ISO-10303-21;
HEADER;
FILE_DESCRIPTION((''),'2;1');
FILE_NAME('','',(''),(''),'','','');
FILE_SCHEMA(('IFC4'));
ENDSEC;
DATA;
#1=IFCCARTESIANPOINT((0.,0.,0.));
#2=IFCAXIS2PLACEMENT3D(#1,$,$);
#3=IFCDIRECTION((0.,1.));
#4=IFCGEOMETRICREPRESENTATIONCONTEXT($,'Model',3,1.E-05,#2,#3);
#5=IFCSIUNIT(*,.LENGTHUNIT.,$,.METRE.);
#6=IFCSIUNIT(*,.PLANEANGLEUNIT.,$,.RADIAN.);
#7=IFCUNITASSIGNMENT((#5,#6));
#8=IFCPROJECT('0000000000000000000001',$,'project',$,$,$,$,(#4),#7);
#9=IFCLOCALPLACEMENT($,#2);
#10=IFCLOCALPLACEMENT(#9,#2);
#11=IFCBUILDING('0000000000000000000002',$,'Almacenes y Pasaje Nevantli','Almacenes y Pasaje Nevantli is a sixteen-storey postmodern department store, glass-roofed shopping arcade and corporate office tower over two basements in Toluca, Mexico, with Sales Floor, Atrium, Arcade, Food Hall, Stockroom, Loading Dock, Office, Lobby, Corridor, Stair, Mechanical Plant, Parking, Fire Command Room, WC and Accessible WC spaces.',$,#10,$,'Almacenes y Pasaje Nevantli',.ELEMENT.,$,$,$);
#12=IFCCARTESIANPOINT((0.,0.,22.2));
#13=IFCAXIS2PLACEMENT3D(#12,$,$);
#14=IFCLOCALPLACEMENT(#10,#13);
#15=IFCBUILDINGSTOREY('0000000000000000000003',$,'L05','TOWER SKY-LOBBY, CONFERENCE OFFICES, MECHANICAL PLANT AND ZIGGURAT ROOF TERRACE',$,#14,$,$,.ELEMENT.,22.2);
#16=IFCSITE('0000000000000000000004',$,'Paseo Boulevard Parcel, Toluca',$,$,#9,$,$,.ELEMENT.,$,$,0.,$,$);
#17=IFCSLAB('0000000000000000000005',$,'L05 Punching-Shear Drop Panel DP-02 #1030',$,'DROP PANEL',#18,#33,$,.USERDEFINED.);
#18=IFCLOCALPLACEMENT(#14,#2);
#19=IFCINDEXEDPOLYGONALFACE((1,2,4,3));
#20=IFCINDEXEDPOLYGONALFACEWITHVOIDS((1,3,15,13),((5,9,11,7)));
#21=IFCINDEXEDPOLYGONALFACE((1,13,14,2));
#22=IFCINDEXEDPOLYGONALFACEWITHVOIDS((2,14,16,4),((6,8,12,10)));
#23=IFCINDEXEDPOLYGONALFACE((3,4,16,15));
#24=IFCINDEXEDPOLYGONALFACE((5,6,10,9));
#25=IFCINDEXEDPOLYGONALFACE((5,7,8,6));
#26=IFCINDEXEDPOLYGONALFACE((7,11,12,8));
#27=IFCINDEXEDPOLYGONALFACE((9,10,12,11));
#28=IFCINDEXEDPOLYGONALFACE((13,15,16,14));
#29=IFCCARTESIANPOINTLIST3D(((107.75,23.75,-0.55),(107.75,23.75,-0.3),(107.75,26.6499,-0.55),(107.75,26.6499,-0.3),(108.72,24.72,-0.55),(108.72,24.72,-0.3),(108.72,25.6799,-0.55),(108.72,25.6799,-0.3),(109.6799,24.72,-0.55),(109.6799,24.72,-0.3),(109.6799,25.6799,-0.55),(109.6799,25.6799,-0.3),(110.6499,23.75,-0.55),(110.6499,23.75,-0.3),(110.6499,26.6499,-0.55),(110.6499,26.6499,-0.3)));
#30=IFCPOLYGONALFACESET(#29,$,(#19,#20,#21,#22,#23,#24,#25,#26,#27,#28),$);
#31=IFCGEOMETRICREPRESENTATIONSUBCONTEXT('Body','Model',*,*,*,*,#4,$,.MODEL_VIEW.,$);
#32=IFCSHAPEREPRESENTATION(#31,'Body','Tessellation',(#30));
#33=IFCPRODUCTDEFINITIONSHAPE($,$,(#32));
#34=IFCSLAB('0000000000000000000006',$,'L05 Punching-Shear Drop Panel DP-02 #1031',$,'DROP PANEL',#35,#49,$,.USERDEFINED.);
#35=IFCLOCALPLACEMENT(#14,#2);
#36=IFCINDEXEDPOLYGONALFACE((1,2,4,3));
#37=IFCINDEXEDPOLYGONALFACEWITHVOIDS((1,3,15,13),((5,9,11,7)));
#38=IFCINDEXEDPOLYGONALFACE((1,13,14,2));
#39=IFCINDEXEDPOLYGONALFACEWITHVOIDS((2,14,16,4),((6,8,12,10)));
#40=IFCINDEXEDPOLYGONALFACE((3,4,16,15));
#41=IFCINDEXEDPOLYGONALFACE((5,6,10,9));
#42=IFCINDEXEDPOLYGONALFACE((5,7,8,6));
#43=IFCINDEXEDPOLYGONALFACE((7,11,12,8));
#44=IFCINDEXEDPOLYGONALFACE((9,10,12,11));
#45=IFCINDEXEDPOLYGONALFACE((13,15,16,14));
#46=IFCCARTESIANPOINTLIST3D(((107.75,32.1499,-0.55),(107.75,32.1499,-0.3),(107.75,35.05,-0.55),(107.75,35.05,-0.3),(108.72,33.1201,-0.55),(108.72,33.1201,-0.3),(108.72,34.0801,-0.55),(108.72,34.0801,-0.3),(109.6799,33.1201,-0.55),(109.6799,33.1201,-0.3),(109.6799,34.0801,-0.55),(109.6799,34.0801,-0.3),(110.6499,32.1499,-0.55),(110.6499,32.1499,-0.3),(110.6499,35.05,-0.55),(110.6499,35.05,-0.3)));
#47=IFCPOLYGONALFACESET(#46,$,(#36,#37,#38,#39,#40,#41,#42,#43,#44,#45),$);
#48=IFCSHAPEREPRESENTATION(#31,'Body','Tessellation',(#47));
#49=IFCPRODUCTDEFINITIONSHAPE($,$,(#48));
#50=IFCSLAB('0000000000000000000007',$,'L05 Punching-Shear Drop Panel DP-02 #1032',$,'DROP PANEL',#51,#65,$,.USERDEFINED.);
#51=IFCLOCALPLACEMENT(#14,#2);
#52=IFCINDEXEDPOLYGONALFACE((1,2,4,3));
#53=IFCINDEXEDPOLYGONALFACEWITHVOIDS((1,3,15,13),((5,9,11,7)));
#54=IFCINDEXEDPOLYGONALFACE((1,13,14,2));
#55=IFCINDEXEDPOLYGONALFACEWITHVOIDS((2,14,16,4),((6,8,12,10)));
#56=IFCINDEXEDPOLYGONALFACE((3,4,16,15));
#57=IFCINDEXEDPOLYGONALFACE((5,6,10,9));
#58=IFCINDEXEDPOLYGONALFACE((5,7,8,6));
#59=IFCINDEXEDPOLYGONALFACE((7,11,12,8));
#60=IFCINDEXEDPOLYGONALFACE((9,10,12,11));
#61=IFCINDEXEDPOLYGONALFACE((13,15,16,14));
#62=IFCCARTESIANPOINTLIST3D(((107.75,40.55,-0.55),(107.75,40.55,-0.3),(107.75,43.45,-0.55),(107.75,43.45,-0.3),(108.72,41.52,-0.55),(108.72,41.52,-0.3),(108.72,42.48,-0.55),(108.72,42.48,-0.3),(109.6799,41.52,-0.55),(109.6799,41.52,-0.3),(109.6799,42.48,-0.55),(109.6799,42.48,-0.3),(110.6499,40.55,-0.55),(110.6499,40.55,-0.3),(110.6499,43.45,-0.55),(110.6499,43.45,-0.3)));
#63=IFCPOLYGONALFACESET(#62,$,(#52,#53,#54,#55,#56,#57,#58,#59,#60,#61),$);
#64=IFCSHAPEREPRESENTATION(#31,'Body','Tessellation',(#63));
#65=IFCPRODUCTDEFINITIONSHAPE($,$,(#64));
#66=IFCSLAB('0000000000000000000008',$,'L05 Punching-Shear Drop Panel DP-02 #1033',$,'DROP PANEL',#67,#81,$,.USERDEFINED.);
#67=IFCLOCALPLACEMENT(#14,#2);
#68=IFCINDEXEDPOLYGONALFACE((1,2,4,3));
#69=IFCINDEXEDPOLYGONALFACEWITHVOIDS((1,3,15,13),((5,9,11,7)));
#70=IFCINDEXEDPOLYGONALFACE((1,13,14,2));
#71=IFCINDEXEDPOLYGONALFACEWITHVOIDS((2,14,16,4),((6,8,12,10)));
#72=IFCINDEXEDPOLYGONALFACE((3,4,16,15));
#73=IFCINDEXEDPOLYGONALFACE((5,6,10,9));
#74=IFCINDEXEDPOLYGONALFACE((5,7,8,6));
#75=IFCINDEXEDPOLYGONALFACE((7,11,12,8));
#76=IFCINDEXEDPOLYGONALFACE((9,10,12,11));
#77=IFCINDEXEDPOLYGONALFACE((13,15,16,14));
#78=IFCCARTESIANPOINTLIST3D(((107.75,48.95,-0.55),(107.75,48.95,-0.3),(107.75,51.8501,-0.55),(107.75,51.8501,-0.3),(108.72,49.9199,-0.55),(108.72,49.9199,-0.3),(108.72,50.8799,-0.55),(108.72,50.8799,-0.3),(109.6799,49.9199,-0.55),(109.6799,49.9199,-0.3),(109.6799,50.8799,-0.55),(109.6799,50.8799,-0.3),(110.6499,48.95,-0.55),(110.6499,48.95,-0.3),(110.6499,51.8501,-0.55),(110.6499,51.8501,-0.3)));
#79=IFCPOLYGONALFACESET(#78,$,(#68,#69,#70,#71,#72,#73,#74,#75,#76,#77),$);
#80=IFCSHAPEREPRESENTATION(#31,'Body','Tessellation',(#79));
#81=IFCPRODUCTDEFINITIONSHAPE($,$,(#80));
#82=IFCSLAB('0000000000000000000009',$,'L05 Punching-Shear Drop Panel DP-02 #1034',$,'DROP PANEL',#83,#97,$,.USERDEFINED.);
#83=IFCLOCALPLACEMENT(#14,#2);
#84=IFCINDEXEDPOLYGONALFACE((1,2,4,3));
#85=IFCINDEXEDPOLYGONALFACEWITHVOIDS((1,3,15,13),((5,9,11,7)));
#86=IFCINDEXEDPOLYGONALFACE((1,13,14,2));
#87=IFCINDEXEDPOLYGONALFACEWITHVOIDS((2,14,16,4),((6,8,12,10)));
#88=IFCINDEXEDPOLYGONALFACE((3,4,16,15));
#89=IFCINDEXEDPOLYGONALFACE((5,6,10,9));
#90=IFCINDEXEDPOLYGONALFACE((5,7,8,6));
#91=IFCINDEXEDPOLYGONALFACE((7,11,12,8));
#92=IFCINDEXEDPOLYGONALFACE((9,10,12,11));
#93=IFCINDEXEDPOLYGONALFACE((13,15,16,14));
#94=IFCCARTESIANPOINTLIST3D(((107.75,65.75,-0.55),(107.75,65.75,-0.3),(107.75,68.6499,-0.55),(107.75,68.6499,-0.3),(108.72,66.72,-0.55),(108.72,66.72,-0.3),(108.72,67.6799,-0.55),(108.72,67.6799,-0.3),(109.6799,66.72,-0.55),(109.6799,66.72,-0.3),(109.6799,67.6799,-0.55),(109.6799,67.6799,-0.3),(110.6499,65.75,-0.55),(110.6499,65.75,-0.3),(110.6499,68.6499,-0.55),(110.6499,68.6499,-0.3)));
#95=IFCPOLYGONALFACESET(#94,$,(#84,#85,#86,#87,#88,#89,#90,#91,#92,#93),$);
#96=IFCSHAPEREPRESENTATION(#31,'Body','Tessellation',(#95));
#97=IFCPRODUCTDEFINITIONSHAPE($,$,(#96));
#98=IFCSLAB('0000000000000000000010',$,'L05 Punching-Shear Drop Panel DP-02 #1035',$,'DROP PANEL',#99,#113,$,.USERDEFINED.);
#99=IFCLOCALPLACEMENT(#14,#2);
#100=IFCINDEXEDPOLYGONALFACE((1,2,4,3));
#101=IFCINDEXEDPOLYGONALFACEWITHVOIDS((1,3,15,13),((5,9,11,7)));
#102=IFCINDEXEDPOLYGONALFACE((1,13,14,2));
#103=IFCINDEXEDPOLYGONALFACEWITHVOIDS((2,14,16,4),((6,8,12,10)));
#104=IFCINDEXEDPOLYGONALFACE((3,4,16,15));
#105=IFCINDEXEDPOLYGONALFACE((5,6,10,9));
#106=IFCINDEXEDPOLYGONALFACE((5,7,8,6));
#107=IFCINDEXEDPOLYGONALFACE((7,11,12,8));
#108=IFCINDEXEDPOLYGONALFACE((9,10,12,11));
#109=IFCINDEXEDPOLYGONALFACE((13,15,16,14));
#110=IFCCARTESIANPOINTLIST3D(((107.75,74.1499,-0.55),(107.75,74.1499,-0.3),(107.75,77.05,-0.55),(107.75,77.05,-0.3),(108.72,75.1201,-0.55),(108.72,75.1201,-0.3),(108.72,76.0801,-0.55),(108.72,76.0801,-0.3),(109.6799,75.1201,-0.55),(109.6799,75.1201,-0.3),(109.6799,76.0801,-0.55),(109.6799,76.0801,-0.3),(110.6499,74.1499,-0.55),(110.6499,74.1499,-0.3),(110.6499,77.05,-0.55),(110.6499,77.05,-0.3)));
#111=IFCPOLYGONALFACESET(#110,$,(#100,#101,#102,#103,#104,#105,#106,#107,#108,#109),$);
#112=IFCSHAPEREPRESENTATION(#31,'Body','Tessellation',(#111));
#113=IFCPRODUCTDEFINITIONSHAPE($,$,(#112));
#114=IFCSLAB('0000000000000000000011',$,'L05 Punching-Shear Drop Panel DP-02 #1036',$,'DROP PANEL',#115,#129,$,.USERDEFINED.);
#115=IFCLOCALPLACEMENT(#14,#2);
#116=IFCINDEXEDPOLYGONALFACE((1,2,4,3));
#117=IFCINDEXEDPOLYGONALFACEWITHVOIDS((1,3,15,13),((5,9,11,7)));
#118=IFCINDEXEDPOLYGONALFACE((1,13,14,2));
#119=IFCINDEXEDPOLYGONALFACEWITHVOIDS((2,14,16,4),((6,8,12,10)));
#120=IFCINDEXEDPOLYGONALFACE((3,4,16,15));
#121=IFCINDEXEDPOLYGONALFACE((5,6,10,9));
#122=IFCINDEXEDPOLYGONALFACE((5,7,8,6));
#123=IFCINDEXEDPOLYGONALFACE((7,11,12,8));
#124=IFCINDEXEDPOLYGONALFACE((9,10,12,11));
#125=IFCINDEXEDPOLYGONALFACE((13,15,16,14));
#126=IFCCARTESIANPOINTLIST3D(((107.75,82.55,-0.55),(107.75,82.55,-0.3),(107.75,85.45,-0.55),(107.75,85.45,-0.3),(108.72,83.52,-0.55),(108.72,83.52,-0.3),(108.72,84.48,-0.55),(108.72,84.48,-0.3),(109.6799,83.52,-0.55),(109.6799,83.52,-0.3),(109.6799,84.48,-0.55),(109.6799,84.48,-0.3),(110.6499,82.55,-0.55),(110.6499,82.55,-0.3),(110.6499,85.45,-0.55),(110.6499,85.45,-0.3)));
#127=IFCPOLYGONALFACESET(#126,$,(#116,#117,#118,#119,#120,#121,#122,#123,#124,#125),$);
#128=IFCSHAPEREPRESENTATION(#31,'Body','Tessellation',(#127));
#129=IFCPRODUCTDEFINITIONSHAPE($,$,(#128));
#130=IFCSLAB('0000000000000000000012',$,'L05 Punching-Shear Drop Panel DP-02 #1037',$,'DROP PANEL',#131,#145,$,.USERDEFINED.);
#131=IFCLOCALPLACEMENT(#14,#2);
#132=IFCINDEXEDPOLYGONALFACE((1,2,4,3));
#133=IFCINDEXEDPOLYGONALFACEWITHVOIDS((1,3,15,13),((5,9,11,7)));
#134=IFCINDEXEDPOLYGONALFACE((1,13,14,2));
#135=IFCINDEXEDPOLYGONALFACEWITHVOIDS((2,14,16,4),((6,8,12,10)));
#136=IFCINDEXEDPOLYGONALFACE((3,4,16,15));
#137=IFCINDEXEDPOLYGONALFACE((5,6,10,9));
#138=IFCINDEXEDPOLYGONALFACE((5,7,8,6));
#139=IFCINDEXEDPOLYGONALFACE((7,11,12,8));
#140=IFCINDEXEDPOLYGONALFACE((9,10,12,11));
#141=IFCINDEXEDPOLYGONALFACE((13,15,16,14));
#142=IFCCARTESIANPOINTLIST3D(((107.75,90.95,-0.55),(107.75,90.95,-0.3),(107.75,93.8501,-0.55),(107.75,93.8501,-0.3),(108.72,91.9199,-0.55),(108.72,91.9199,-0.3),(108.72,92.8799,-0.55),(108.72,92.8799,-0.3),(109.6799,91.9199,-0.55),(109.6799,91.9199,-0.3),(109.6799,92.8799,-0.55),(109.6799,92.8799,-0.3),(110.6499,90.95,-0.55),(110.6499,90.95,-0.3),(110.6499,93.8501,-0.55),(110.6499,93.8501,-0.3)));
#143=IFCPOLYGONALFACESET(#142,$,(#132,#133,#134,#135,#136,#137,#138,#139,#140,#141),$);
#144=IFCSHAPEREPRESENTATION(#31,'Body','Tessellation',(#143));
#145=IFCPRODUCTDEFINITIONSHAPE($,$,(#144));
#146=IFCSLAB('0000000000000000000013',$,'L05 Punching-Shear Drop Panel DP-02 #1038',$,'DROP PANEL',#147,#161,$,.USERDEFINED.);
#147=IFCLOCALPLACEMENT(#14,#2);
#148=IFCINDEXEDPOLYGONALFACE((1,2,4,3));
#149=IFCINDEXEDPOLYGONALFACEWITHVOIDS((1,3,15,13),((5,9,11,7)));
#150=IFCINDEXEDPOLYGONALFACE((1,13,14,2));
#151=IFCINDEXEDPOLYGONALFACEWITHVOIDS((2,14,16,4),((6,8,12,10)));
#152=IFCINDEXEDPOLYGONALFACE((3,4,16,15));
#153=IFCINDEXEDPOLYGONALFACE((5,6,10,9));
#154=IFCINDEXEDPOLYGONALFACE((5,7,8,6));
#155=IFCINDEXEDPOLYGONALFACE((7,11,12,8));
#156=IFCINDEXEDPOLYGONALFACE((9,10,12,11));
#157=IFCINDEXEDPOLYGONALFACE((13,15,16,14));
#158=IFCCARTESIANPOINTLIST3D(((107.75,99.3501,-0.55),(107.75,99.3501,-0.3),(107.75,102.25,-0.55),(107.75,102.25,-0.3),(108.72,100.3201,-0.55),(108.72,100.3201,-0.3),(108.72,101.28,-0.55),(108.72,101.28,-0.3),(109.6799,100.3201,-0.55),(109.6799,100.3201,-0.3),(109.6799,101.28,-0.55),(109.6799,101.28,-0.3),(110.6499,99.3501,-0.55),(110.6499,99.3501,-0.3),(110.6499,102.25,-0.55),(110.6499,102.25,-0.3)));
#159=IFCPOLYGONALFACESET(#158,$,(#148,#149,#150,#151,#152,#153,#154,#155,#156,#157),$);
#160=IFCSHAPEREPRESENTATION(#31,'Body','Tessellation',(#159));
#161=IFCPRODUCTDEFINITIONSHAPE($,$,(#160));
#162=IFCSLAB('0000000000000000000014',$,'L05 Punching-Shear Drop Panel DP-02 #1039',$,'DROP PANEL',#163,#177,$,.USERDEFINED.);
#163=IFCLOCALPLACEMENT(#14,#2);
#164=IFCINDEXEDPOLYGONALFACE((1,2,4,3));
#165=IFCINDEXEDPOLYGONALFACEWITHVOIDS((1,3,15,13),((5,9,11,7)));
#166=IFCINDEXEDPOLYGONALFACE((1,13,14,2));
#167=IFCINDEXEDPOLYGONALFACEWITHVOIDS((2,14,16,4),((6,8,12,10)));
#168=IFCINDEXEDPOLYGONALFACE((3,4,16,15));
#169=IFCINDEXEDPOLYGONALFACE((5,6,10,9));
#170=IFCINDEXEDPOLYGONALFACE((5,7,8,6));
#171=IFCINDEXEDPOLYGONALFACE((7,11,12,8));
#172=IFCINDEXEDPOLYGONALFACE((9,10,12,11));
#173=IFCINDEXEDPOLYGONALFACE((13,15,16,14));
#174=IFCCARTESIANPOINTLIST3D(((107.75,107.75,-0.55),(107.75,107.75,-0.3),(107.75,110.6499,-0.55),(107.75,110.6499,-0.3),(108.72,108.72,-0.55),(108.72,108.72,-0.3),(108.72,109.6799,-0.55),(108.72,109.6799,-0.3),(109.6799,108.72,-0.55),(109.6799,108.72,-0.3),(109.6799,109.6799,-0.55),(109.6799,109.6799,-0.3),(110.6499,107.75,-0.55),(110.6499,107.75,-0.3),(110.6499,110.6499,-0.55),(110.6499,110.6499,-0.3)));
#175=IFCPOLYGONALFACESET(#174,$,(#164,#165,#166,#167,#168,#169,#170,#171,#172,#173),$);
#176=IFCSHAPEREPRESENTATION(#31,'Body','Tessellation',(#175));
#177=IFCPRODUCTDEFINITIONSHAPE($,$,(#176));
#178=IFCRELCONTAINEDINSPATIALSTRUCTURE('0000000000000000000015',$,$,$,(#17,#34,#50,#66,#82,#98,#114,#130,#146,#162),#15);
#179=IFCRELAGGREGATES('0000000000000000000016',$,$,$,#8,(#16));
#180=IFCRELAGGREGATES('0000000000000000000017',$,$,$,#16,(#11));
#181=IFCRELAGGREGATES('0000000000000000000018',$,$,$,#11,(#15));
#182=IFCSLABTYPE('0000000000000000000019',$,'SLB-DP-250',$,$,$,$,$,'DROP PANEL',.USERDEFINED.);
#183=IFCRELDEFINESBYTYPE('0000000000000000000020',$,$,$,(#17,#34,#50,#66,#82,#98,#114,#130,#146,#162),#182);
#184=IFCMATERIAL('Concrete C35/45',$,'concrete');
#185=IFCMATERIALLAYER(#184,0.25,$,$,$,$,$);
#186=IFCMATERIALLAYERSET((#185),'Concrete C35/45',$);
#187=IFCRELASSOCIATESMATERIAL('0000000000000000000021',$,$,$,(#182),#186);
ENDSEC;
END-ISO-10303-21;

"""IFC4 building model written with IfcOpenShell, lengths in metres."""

from ifc_helpers import new_model, si_unit, direction, frame, origin, place, context, subcontext, project, spatial, polyline, outline, extrude, material, layer, layer_set, type_object, element, save


model = new_model("IFC4")

# Units and contexts
model_context = context("Model", 3, precision=1e-05, world=origin(), true_north=direction((0.0, 1.0)))
body_context = subcontext(model_context, "Body", "Model", "MODEL_VIEW")
ifc_project = project(units=[si_unit("LENGTHUNIT", "METRE"), si_unit("PLANEANGLEUNIT", "RADIAN")], contexts=[model_context])

# Site, building, storey
site_placement = place(None, origin())
site = spatial("IfcSite", under=ifc_project, at=site_placement, Name="Paseo Boulevard Parcel, Toluca", CompositionType="ELEMENT", RefElevation=0.0)
building_placement = place(site_placement, origin())
building = spatial("IfcBuilding", under=site, at=building_placement, Name="Almacenes y Pasaje Nevantli", Description="Almacenes y Pasaje Nevantli is a sixteen-storey postmodern department store, glass-roofed shopping arcade and corporate office tower over two basements in Toluca, Mexico, with Sales Floor, Atrium, Arcade, Food Hall, Stockroom, Loading Dock, Office, Lobby, Corridor, Stair, Mechanical Plant, Parking, Fire Command Room, WC and Accessible WC spaces.", LongName="Almacenes y Pasaje Nevantli", CompositionType="ELEMENT")
storey_placement = place(building_placement, frame((0.0, 0.0, 22.2)))
storey = spatial("IfcBuildingStorey", under=building, at=storey_placement, Name="L05", Description="TOWER SKY-LOBBY, CONFERENCE OFFICES, MECHANICAL PLANT AND ZIGGURAT ROOF TERRACE", CompositionType="ELEMENT", Elevation=22.2)

# Slabs
ifc_material = material(Name="Concrete C35/45", Category="concrete")
ifc_layer = layer(ifc_material, 0.25)
ifc_layer_set = layer_set([ifc_layer], Name="Concrete C35/45")
slab_type = type_object("IfcSlabType", Name="SLB-DP-250", ElementType="DROP PANEL", PredefinedType="USERDEFINED", material=ifc_layer_set)
slab_1_placement = place(storey_placement, frame((0.0, 0.0, -0.55)))
element("IfcSlab", 1, at=slab_1_placement, inside=storey, type_object=slab_type, Name="L05 Punching-Shear Drop Panel DP-02 #1030", ObjectType="DROP PANEL", PredefinedType="USERDEFINED", context=body_context, shape_type="SweptSolid", body=[
    extrude(outline(polyline([(107.75, 23.75), (110.6499, 23.75), (110.6499, 26.6499), (107.75, 26.6499), (107.75, 23.75)]), holes=[polyline([(108.72, 24.72), (109.6799, 24.72), (109.6799, 25.6799), (108.72, 25.6799), (108.72, 24.72)])]), origin(), (0.0, 0.0, 1.0), 0.25),
])
slab_2_placement = place(storey_placement, frame((0.0, 0.0, -0.55)))
element("IfcSlab", 2, at=slab_2_placement, inside=storey, type_object=slab_type, Name="L05 Punching-Shear Drop Panel DP-02 #1031", ObjectType="DROP PANEL", PredefinedType="USERDEFINED", context=body_context, shape_type="SweptSolid", body=[
    extrude(outline(polyline([(107.75, 32.1499), (110.6499, 32.1499), (110.6499, 35.05), (107.75, 35.05), (107.75, 32.1499)]), holes=[polyline([(108.72, 33.1201), (109.6799, 33.1201), (109.6799, 34.0801), (108.72, 34.0801), (108.72, 33.1201)])]), origin(), (0.0, 0.0, 1.0), 0.25),
])
slab_3_placement = place(storey_placement, frame((0.0, 0.0, -0.55)))
element("IfcSlab", 3, at=slab_3_placement, inside=storey, type_object=slab_type, Name="L05 Punching-Shear Drop Panel DP-02 #1032", ObjectType="DROP PANEL", PredefinedType="USERDEFINED", context=body_context, shape_type="SweptSolid", body=[
    extrude(outline(polyline([(107.75, 40.55), (110.6499, 40.55), (110.6499, 43.45), (107.75, 43.45), (107.75, 40.55)]), holes=[polyline([(108.72, 41.52), (109.6799, 41.52), (109.6799, 42.48), (108.72, 42.48), (108.72, 41.52)])]), origin(), (0.0, 0.0, 1.0), 0.25),
])
slab_4_placement = place(storey_placement, frame((0.0, 0.0, -0.55)))
element("IfcSlab", 4, at=slab_4_placement, inside=storey, type_object=slab_type, Name="L05 Punching-Shear Drop Panel DP-02 #1033", ObjectType="DROP PANEL", PredefinedType="USERDEFINED", context=body_context, shape_type="SweptSolid", body=[
    extrude(outline(polyline([(107.75, 48.95), (110.6499, 48.95), (110.6499, 51.8501), (107.75, 51.8501), (107.75, 48.95)]), holes=[polyline([(108.72, 49.9199), (109.6799, 49.9199), (109.6799, 50.8799), (108.72, 50.8799), (108.72, 49.9199)])]), origin(), (0.0, 0.0, 1.0), 0.25),
])
slab_5_placement = place(storey_placement, frame((0.0, 0.0, -0.55)))
element("IfcSlab", 5, at=slab_5_placement, inside=storey, type_object=slab_type, Name="L05 Punching-Shear Drop Panel DP-02 #1034", ObjectType="DROP PANEL", PredefinedType="USERDEFINED", context=body_context, shape_type="SweptSolid", body=[
    extrude(outline(polyline([(107.75, 65.75), (110.6499, 65.75), (110.6499, 68.6499), (107.75, 68.6499), (107.75, 65.75)]), holes=[polyline([(108.72, 66.72), (109.6799, 66.72), (109.6799, 67.6799), (108.72, 67.6799), (108.72, 66.72)])]), origin(), (0.0, 0.0, 1.0), 0.25),
])
slab_6_placement = place(storey_placement, frame((0.0, 0.0, -0.55)))
element("IfcSlab", 6, at=slab_6_placement, inside=storey, type_object=slab_type, Name="L05 Punching-Shear Drop Panel DP-02 #1035", ObjectType="DROP PANEL", PredefinedType="USERDEFINED", context=body_context, shape_type="SweptSolid", body=[
    extrude(outline(polyline([(107.75, 74.1499), (110.6499, 74.1499), (110.6499, 77.05), (107.75, 77.05), (107.75, 74.1499)]), holes=[polyline([(108.72, 75.1201), (109.6799, 75.1201), (109.6799, 76.0801), (108.72, 76.0801), (108.72, 75.1201)])]), origin(), (0.0, 0.0, 1.0), 0.25),
])
slab_7_placement = place(storey_placement, frame((0.0, 0.0, -0.55)))
element("IfcSlab", 7, at=slab_7_placement, inside=storey, type_object=slab_type, Name="L05 Punching-Shear Drop Panel DP-02 #1036", ObjectType="DROP PANEL", PredefinedType="USERDEFINED", context=body_context, shape_type="SweptSolid", body=[
    extrude(outline(polyline([(107.75, 82.55), (110.6499, 82.55), (110.6499, 85.45), (107.75, 85.45), (107.75, 82.55)]), holes=[polyline([(108.72, 83.52), (109.6799, 83.52), (109.6799, 84.48), (108.72, 84.48), (108.72, 83.52)])]), origin(), (0.0, 0.0, 1.0), 0.25),
])
slab_8_placement = place(storey_placement, frame((0.0, 0.0, -0.55)))
element("IfcSlab", 8, at=slab_8_placement, inside=storey, type_object=slab_type, Name="L05 Punching-Shear Drop Panel DP-02 #1037", ObjectType="DROP PANEL", PredefinedType="USERDEFINED", context=body_context, shape_type="SweptSolid", body=[
    extrude(outline(polyline([(107.75, 90.95), (110.6499, 90.95), (110.6499, 93.8501), (107.75, 93.8501), (107.75, 90.95)]), holes=[polyline([(108.72, 91.9199), (109.6799, 91.9199), (109.6799, 92.8799), (108.72, 92.8799), (108.72, 91.9199)])]), origin(), (0.0, 0.0, 1.0), 0.25),
])
slab_9_placement = place(storey_placement, frame((0.0, 0.0, -0.55)))
element("IfcSlab", 9, at=slab_9_placement, inside=storey, type_object=slab_type, Name="L05 Punching-Shear Drop Panel DP-02 #1038", ObjectType="DROP PANEL", PredefinedType="USERDEFINED", context=body_context, shape_type="SweptSolid", body=[
    extrude(outline(polyline([(107.75, 99.3501), (110.6499, 99.3501), (110.6499, 102.25), (107.75, 102.25), (107.75, 99.3501)]), holes=[polyline([(108.72, 100.3201), (109.6799, 100.3201), (109.6799, 101.28), (108.72, 101.28), (108.72, 100.3201)])]), origin(), (0.0, 0.0, 1.0), 0.25),
])
slab_10_placement = place(storey_placement, frame((0.0, 0.0, -0.55)))
element("IfcSlab", 10, at=slab_10_placement, inside=storey, type_object=slab_type, Name="L05 Punching-Shear Drop Panel DP-02 #1039", ObjectType="DROP PANEL", PredefinedType="USERDEFINED", context=body_context, shape_type="SweptSolid", body=[
    extrude(outline(polyline([(107.75, 107.75), (110.6499, 107.75), (110.6499, 110.6499), (107.75, 110.6499), (107.75, 107.75)]), holes=[polyline([(108.72, 108.72), (109.6799, 108.72), (109.6799, 109.6799), (108.72, 109.6799), (108.72, 108.72)])]), origin(), (0.0, 0.0, 1.0), 0.25),
])

save(model, "model.ifc")
